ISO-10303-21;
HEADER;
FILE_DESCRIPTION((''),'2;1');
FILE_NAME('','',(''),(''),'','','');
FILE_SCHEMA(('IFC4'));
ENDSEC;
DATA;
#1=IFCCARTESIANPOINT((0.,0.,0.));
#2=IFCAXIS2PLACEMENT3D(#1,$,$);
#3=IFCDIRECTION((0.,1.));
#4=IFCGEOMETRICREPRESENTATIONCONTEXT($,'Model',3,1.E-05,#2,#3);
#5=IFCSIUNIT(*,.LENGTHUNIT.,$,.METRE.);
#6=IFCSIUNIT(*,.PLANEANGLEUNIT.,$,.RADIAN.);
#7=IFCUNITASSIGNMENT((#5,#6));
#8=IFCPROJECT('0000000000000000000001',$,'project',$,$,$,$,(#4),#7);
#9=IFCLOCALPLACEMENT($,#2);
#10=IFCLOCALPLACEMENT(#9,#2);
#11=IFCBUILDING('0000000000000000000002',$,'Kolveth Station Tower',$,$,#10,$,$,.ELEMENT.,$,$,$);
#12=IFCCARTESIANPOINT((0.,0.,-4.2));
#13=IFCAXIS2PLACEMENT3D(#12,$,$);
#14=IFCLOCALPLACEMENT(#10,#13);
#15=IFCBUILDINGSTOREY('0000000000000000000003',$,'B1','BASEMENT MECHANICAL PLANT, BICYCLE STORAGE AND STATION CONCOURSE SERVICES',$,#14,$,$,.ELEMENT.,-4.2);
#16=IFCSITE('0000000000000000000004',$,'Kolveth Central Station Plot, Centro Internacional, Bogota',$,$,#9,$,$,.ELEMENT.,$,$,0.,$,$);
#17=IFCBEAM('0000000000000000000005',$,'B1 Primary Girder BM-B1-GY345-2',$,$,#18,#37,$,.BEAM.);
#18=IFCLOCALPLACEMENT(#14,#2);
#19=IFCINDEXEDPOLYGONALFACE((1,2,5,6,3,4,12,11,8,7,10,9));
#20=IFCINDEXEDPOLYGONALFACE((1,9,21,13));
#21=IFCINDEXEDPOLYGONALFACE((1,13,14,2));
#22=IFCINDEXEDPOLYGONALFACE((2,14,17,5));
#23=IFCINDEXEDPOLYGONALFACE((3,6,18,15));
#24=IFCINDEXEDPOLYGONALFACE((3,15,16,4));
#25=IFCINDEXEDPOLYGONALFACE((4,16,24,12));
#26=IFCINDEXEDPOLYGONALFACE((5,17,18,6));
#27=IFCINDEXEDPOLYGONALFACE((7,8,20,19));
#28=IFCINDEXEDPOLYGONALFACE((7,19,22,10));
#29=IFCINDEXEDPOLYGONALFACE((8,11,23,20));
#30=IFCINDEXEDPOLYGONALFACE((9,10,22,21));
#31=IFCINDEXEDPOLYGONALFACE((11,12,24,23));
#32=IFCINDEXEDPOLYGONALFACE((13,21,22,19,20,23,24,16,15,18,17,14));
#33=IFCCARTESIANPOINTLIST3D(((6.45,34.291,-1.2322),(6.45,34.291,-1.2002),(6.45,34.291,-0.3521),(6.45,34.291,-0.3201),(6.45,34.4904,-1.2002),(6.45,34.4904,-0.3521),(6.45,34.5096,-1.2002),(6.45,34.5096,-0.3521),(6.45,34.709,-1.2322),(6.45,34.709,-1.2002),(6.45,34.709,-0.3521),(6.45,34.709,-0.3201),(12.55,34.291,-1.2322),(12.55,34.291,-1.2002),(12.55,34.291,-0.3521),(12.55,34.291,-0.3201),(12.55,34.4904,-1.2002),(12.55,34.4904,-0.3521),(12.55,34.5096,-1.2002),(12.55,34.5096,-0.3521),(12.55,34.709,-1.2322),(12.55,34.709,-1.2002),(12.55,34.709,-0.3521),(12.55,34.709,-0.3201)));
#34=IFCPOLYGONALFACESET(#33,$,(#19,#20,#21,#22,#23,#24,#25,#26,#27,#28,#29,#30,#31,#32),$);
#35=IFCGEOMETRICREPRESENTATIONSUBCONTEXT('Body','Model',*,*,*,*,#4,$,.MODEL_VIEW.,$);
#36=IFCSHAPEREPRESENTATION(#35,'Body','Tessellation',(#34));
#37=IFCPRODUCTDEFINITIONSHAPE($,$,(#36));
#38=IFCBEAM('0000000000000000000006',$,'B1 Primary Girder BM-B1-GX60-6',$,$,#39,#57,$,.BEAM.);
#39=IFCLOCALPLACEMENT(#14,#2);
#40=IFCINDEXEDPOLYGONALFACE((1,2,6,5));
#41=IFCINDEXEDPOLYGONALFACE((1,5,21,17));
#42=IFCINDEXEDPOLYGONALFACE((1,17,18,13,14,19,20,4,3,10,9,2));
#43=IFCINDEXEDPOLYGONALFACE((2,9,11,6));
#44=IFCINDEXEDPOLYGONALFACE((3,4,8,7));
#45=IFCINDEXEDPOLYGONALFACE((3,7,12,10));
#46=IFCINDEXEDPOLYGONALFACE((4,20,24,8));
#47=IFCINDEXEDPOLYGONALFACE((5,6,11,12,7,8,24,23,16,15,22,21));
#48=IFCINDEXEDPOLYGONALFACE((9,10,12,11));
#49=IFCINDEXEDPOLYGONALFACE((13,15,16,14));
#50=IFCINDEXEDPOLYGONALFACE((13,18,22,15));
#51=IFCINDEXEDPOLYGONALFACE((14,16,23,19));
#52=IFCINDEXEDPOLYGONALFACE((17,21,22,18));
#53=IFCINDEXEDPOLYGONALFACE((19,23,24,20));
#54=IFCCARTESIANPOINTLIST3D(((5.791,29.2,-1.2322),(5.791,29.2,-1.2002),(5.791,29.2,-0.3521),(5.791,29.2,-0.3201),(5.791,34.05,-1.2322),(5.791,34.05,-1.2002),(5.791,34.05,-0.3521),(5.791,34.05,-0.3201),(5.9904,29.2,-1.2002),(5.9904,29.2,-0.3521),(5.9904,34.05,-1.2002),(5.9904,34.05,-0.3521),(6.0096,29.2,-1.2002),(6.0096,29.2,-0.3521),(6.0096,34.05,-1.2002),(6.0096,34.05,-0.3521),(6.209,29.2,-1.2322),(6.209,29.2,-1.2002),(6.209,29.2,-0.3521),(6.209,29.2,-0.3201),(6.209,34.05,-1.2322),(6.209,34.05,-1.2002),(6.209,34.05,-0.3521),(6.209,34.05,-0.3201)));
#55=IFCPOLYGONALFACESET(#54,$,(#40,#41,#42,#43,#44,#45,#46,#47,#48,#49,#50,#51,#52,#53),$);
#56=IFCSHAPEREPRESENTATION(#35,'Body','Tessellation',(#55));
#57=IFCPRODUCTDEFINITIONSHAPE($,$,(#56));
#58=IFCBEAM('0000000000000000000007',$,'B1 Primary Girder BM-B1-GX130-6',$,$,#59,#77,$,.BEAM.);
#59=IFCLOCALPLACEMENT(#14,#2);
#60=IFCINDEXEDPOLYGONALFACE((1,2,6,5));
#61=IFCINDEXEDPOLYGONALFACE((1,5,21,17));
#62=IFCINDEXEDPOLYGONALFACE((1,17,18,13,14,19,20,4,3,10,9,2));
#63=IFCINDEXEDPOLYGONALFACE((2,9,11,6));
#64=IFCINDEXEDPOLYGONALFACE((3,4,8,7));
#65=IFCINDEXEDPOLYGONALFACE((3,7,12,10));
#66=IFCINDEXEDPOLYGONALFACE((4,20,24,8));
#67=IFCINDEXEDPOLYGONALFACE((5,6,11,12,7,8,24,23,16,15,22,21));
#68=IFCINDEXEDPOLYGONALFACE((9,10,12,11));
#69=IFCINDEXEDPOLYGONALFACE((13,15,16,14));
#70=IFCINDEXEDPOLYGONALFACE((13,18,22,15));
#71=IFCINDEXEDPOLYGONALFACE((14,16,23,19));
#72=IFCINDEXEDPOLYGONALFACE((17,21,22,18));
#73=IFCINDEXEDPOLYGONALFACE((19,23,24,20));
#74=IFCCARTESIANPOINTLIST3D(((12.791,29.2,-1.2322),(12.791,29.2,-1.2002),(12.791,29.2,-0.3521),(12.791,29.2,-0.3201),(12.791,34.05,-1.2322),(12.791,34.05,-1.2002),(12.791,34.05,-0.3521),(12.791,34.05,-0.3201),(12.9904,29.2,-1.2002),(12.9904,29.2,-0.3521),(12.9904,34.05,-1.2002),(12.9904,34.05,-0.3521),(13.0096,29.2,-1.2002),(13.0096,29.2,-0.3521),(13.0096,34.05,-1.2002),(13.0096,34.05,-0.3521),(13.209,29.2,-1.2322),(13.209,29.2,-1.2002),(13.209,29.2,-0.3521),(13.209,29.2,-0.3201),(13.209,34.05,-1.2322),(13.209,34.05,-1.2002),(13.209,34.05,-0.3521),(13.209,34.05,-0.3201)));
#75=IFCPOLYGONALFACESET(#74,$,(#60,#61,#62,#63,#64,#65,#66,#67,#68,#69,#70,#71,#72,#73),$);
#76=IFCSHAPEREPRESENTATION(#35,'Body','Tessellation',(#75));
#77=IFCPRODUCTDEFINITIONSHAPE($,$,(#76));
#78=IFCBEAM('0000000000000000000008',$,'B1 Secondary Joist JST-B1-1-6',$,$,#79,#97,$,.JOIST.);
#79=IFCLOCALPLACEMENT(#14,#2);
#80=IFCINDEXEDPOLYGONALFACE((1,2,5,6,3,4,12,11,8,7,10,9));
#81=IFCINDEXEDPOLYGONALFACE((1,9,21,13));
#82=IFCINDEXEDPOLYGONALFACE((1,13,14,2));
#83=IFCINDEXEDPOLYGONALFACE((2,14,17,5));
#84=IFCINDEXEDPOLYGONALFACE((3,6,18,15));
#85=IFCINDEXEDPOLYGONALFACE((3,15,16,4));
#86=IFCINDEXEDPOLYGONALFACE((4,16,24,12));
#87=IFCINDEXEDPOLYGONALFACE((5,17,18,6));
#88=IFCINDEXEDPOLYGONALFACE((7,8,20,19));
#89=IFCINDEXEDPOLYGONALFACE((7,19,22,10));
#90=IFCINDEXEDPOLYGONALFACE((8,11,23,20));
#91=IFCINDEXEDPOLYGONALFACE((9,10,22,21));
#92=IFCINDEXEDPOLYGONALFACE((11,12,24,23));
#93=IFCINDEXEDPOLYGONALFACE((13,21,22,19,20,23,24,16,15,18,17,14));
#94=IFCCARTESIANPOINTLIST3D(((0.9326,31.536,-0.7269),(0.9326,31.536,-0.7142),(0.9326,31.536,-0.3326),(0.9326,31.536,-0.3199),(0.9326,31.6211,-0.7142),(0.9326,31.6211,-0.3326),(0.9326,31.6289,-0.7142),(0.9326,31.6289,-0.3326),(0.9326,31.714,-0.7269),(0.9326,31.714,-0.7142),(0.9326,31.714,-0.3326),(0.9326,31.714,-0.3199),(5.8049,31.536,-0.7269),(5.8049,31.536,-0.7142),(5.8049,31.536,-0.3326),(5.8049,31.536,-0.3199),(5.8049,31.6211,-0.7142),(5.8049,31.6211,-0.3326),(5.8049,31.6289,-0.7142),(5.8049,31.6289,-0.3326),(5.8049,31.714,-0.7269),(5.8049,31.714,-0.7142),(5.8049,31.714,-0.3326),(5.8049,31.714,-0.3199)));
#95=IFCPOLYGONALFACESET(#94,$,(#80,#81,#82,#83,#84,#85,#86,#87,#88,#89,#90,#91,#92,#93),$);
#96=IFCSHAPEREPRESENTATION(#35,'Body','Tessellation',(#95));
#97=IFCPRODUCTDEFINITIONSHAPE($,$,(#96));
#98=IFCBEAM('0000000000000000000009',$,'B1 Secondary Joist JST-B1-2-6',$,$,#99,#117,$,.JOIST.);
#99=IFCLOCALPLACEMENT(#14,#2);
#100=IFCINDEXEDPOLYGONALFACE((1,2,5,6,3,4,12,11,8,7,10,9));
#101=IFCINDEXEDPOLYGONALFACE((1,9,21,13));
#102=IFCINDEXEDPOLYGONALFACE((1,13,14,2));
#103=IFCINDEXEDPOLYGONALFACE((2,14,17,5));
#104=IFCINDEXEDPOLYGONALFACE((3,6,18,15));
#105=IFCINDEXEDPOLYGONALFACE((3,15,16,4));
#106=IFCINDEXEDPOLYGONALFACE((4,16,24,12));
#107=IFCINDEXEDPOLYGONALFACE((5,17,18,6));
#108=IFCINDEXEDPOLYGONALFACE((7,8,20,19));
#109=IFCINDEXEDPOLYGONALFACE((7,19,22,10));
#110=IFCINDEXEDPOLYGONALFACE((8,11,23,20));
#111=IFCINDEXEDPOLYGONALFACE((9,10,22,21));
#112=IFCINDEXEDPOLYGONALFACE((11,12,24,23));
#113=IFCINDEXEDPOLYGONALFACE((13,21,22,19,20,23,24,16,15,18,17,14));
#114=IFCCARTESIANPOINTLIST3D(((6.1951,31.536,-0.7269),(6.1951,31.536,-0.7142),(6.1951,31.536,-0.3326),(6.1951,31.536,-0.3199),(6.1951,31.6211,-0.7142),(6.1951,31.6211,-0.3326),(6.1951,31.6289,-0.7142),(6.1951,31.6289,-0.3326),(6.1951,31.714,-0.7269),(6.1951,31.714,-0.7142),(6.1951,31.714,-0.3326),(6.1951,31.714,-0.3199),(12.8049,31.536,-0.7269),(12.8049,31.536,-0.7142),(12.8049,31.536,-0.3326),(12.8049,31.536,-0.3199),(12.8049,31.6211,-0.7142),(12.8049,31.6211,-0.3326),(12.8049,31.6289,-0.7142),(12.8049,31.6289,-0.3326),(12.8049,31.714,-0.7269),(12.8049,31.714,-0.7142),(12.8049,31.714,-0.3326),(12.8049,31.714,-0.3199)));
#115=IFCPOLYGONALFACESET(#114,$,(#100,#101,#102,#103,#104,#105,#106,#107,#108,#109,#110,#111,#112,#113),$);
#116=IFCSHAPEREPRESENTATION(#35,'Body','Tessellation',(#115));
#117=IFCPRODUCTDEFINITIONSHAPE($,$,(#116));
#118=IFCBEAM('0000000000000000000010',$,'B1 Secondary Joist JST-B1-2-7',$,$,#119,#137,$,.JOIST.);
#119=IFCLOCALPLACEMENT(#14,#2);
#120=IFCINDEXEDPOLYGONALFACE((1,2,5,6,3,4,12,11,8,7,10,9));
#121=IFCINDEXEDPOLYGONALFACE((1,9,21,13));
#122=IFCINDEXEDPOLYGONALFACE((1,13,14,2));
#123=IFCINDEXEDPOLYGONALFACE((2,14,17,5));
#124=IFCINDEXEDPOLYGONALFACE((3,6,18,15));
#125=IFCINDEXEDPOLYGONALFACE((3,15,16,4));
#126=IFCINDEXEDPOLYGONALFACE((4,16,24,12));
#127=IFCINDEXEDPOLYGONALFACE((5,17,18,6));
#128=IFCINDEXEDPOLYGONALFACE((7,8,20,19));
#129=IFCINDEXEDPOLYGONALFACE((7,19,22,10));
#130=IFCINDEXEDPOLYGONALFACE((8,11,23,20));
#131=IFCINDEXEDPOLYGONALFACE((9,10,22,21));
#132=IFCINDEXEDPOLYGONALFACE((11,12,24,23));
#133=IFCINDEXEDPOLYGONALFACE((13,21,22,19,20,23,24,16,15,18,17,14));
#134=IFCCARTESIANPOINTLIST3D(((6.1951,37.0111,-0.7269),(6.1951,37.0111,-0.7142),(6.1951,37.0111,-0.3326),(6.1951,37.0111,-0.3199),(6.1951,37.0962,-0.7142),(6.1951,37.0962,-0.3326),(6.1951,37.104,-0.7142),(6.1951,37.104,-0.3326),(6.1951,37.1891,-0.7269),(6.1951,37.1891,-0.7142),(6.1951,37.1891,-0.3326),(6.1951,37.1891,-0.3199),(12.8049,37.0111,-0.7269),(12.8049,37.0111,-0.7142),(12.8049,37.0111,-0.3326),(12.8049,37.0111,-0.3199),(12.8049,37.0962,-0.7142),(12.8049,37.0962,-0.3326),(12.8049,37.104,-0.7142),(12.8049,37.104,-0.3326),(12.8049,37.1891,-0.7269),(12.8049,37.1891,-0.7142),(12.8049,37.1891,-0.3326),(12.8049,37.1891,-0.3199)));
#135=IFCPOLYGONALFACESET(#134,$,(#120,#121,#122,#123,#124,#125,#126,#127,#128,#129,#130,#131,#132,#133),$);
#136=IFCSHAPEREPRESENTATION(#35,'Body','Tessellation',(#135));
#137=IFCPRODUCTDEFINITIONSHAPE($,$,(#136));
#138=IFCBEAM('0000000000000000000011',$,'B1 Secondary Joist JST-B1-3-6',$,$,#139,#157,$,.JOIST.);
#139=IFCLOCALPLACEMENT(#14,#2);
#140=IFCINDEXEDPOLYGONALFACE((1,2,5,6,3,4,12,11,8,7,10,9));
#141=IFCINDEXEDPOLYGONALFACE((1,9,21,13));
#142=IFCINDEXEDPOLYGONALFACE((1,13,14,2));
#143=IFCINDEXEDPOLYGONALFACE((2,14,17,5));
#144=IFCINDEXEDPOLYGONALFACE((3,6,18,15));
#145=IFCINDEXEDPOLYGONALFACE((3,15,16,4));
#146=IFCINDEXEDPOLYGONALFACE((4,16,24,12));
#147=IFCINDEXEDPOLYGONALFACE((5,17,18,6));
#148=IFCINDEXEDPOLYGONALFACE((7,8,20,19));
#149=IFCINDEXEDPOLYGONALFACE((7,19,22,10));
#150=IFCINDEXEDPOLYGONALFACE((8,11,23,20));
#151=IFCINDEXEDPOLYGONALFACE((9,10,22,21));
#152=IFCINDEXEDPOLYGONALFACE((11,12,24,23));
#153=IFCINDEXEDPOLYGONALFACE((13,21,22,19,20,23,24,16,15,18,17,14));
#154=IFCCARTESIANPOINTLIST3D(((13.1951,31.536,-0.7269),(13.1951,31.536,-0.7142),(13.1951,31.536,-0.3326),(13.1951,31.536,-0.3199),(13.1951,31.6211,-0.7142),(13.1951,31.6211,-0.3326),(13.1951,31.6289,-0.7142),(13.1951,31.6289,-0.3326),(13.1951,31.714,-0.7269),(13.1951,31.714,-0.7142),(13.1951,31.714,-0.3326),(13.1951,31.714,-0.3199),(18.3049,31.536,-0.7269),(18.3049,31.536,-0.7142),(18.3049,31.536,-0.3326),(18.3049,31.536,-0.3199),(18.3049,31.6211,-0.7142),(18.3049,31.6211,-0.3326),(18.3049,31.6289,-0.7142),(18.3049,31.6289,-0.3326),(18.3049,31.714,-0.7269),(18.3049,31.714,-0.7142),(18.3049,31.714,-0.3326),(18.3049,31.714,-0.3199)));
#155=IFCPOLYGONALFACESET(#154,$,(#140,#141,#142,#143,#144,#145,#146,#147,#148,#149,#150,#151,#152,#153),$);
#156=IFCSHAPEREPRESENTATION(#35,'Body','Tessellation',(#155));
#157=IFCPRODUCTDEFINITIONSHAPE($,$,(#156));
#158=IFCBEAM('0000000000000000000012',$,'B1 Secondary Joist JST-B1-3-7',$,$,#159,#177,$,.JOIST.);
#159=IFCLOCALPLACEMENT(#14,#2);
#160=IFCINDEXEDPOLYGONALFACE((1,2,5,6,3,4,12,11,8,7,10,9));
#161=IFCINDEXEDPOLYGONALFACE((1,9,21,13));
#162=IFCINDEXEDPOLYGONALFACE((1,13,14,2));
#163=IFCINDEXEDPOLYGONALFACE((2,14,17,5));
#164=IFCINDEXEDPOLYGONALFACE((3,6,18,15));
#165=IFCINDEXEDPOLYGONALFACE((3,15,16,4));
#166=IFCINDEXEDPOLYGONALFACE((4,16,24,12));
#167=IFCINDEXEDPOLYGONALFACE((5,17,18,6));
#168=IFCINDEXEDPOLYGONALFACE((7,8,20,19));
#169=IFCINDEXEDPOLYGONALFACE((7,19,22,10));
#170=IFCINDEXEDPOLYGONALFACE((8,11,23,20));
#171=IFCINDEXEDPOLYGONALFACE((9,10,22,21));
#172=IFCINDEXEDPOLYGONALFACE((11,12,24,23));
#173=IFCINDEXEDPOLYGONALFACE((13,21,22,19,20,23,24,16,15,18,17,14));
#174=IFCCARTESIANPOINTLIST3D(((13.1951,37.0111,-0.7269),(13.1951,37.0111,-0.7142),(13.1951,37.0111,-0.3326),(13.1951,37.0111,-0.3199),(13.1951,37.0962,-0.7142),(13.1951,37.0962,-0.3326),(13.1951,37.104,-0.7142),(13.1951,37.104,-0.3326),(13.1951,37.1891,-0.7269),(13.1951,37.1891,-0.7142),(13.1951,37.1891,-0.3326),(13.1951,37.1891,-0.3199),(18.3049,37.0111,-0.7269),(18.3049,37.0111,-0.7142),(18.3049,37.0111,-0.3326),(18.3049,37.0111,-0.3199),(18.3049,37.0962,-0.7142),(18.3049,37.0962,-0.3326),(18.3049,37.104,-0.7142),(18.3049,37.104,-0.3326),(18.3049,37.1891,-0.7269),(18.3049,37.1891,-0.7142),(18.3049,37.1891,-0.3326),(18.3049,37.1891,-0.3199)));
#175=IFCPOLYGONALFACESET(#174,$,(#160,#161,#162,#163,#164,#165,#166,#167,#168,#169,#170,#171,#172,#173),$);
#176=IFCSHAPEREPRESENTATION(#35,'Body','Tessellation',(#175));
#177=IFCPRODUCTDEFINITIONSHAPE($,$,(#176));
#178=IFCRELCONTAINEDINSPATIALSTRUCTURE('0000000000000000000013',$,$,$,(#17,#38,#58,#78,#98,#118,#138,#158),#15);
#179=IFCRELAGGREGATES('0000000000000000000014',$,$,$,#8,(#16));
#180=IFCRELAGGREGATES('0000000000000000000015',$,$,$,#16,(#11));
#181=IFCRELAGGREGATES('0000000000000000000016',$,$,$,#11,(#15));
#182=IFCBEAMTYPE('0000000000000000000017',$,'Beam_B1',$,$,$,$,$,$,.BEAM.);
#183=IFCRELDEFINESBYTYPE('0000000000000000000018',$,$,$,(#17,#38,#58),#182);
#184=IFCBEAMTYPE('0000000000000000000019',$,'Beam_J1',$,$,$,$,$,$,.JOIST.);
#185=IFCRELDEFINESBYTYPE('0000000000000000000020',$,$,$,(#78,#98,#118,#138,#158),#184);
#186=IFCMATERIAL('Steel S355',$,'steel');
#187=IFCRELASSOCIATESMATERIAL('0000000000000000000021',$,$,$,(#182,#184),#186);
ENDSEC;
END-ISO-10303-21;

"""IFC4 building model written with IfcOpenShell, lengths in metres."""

from ifc_helpers import new_model, si_unit, direction, frame, origin, origin_2d, place, context, subcontext, project, spatial, i_section, extrude, source, transform, mapped, material, material_profile, profile_set, type_object, element, save


model = new_model("IFC4")

# Units and contexts
model_context = context("Model", 3, precision=1e-05, world=origin(), true_north=direction((0.0, 1.0)))
body_context = subcontext(model_context, "Body", "Model", "MODEL_VIEW")
ifc_project = project(units=[si_unit("LENGTHUNIT", "METRE"), si_unit("PLANEANGLEUNIT", "RADIAN")], contexts=[model_context])

# Site, building, storey
site_placement = place(None, origin())
site = spatial("IfcSite", under=ifc_project, at=site_placement, Name="Kolveth Central Station Plot, Centro Internacional, Bogota", CompositionType="ELEMENT", RefElevation=0.0)
building_placement = place(site_placement, origin())
building = spatial("IfcBuilding", under=site, at=building_placement, Name="Kolveth Station Tower", CompositionType="ELEMENT")
storey_placement = place(building_placement, frame((0.0, 0.0, -4.2)))
storey = spatial("IfcBuildingStorey", under=building, at=storey_placement, Name="B1", Description="BASEMENT MECHANICAL PLANT, BICYCLE STORAGE AND STATION CONCOURSE SERVICES", CompositionType="ELEMENT", Elevation=-4.2)

# Beams
ifc_material_1 = material(Name="Steel S355", Category="steel")
ifc_material_profile_1 = material_profile(ifc_material_1, i_section(OverallWidth=0.418, OverallDepth=0.9121, WebThickness=0.0193, FlangeThickness=0.032, at=origin_2d()), Name="W920x342")
ifc_profile_set_1 = profile_set([ifc_material_profile_1], Name="Steel S355")
beam_type_1 = type_object("IfcBeamType", Name="Beam_B1", PredefinedType="BEAM", material=ifc_profile_set_1)
shared_shape_1 = source(origin(), body_context, "Body", "SweptSolid", [
    extrude(i_section(OverallWidth=0.418, OverallDepth=0.9121, WebThickness=0.0193, FlangeThickness=0.032, at=origin_2d()), origin(), (0.0, 0.0, 1.0), 6.1001),
])
beam_1_placement = place(storey_placement, frame((6.45, 34.5, -0.7761), z_axis=(1.0, 0.0, 0.0), x_axis=(0.0, 1.0, 0.0)))
element("IfcBeam", 1, at=beam_1_placement, inside=storey, type_object=beam_type_1, Name="B1 Primary Girder BM-B1-GY345-2", PredefinedType="BEAM", context=body_context, shape_type="MappedRepresentation", body=[
    mapped(shared_shape_1, transform((0.0, 0.0, 0.0), x_axis=(1.0, 0.0, 0.0), y_axis=(0.0, 1.0, 0.0), z_axis=(0.0, 0.0, 1.0), scale=1.0)),
])
shared_shape_2 = source(origin(), body_context, "Body", "SweptSolid", [
    extrude(i_section(OverallWidth=0.418, OverallDepth=0.9121, WebThickness=0.0193, FlangeThickness=0.032, at=origin_2d()), origin(), (0.0, 0.0, 1.0), 4.8501),
])
for number, where, z_axis, x_axis, name in (
    (2, (6.0, 29.2, -0.7761), (0.0, 1.0, 0.0), (-1.0, 0.0, 0.0), "B1 Primary Girder BM-B1-GX60-6"),
    (3, (13.0, 29.2, -0.7761), (0.0, 1.0, 0.0), (-1.0, 0.0, 0.0), "B1 Primary Girder BM-B1-GX130-6"),
):
    element("IfcBeam", number, at=place(storey_placement, frame(where, z_axis=z_axis, x_axis=x_axis)), inside=storey, type_object=beam_type_1, Name=name, PredefinedType="BEAM", context=body_context, shape_type="MappedRepresentation", body=[
        mapped(shared_shape_2, transform((0.0, 0.0, 0.0), x_axis=(1.0, 0.0, 0.0), y_axis=(0.0, 1.0, 0.0), z_axis=(0.0, 0.0, 1.0), scale=1.0)),
    ])
ifc_material_profile_2 = material_profile(ifc_material_1, i_section(OverallWidth=0.178, OverallDepth=0.407, WebThickness=0.0078, FlangeThickness=0.0127, at=origin_2d()), Name="W410x60")
ifc_profile_set_2 = profile_set([ifc_material_profile_2], Name="Steel S355")
beam_type_2 = type_object("IfcBeamType", Name="Beam_J1", PredefinedType="JOIST", material=ifc_profile_set_2)
shared_shape_3 = source(origin(), body_context, "Body", "SweptSolid", [
    extrude(i_section(OverallWidth=0.178, OverallDepth=0.407, WebThickness=0.0078, FlangeThickness=0.0127, at=origin_2d()), origin(), (0.0, 0.0, 1.0), 4.8723),
])
beam_2_placement = place(storey_placement, frame((0.9326, 31.625, -0.5234), z_axis=(1.0, 0.0, 0.0), x_axis=(0.0, 1.0, 0.0)))
element("IfcBeam", 4, at=beam_2_placement, inside=storey, type_object=beam_type_2, Name="B1 Secondary Joist JST-B1-1-6", PredefinedType="JOIST", context=body_context, shape_type="MappedRepresentation", body=[
    mapped(shared_shape_3, transform((0.0, 0.0, 0.0), x_axis=(1.0, 0.0, 0.0), y_axis=(0.0, 1.0, 0.0), z_axis=(0.0, 0.0, 1.0), scale=1.0)),
])
shared_shape_4 = source(origin(), body_context, "Body", "SweptSolid", [
    extrude(i_section(OverallWidth=0.178, OverallDepth=0.407, WebThickness=0.0078, FlangeThickness=0.0127, at=origin_2d()), origin(), (0.0, 0.0, 1.0), 6.6099),
])
for number, where, z_axis, x_axis, name in (
    (5, (6.1951, 31.625, -0.5234), (1.0, 0.0, 0.0), (0.0, 1.0, 0.0), "B1 Secondary Joist JST-B1-2-6"),
    (6, (6.1951, 37.1001, -0.5234), (1.0, 0.0, 0.0), (0.0, 1.0, 0.0), "B1 Secondary Joist JST-B1-2-7"),
):
    element("IfcBeam", number, at=place(storey_placement, frame(where, z_axis=z_axis, x_axis=x_axis)), inside=storey, type_object=beam_type_2, Name=name, PredefinedType="JOIST", context=body_context, shape_type="MappedRepresentation", body=[
        mapped(shared_shape_4, transform((0.0, 0.0, 0.0), x_axis=(1.0, 0.0, 0.0), y_axis=(0.0, 1.0, 0.0), z_axis=(0.0, 0.0, 1.0), scale=1.0)),
    ])
shared_shape_5 = source(origin(), body_context, "Body", "SweptSolid", [
    extrude(i_section(OverallWidth=0.178, OverallDepth=0.407, WebThickness=0.0078, FlangeThickness=0.0127, at=origin_2d()), origin(), (0.0, 0.0, 1.0), 5.1099),
])
for number, where, z_axis, x_axis, name in (
    (7, (13.1951, 31.625, -0.5234), (1.0, 0.0, 0.0), (0.0, 1.0, 0.0), "B1 Secondary Joist JST-B1-3-6"),
    (8, (13.1951, 37.1001, -0.5234), (1.0, 0.0, 0.0), (0.0, 1.0, 0.0), "B1 Secondary Joist JST-B1-3-7"),
):
    element("IfcBeam", number, at=place(storey_placement, frame(where, z_axis=z_axis, x_axis=x_axis)), inside=storey, type_object=beam_type_2, Name=name, PredefinedType="JOIST", context=body_context, shape_type="MappedRepresentation", body=[
        mapped(shared_shape_5, transform((0.0, 0.0, 0.0), x_axis=(1.0, 0.0, 0.0), y_axis=(0.0, 1.0, 0.0), z_axis=(0.0, 0.0, 1.0), scale=1.0)),
    ])

save(model, "model.ifc")
